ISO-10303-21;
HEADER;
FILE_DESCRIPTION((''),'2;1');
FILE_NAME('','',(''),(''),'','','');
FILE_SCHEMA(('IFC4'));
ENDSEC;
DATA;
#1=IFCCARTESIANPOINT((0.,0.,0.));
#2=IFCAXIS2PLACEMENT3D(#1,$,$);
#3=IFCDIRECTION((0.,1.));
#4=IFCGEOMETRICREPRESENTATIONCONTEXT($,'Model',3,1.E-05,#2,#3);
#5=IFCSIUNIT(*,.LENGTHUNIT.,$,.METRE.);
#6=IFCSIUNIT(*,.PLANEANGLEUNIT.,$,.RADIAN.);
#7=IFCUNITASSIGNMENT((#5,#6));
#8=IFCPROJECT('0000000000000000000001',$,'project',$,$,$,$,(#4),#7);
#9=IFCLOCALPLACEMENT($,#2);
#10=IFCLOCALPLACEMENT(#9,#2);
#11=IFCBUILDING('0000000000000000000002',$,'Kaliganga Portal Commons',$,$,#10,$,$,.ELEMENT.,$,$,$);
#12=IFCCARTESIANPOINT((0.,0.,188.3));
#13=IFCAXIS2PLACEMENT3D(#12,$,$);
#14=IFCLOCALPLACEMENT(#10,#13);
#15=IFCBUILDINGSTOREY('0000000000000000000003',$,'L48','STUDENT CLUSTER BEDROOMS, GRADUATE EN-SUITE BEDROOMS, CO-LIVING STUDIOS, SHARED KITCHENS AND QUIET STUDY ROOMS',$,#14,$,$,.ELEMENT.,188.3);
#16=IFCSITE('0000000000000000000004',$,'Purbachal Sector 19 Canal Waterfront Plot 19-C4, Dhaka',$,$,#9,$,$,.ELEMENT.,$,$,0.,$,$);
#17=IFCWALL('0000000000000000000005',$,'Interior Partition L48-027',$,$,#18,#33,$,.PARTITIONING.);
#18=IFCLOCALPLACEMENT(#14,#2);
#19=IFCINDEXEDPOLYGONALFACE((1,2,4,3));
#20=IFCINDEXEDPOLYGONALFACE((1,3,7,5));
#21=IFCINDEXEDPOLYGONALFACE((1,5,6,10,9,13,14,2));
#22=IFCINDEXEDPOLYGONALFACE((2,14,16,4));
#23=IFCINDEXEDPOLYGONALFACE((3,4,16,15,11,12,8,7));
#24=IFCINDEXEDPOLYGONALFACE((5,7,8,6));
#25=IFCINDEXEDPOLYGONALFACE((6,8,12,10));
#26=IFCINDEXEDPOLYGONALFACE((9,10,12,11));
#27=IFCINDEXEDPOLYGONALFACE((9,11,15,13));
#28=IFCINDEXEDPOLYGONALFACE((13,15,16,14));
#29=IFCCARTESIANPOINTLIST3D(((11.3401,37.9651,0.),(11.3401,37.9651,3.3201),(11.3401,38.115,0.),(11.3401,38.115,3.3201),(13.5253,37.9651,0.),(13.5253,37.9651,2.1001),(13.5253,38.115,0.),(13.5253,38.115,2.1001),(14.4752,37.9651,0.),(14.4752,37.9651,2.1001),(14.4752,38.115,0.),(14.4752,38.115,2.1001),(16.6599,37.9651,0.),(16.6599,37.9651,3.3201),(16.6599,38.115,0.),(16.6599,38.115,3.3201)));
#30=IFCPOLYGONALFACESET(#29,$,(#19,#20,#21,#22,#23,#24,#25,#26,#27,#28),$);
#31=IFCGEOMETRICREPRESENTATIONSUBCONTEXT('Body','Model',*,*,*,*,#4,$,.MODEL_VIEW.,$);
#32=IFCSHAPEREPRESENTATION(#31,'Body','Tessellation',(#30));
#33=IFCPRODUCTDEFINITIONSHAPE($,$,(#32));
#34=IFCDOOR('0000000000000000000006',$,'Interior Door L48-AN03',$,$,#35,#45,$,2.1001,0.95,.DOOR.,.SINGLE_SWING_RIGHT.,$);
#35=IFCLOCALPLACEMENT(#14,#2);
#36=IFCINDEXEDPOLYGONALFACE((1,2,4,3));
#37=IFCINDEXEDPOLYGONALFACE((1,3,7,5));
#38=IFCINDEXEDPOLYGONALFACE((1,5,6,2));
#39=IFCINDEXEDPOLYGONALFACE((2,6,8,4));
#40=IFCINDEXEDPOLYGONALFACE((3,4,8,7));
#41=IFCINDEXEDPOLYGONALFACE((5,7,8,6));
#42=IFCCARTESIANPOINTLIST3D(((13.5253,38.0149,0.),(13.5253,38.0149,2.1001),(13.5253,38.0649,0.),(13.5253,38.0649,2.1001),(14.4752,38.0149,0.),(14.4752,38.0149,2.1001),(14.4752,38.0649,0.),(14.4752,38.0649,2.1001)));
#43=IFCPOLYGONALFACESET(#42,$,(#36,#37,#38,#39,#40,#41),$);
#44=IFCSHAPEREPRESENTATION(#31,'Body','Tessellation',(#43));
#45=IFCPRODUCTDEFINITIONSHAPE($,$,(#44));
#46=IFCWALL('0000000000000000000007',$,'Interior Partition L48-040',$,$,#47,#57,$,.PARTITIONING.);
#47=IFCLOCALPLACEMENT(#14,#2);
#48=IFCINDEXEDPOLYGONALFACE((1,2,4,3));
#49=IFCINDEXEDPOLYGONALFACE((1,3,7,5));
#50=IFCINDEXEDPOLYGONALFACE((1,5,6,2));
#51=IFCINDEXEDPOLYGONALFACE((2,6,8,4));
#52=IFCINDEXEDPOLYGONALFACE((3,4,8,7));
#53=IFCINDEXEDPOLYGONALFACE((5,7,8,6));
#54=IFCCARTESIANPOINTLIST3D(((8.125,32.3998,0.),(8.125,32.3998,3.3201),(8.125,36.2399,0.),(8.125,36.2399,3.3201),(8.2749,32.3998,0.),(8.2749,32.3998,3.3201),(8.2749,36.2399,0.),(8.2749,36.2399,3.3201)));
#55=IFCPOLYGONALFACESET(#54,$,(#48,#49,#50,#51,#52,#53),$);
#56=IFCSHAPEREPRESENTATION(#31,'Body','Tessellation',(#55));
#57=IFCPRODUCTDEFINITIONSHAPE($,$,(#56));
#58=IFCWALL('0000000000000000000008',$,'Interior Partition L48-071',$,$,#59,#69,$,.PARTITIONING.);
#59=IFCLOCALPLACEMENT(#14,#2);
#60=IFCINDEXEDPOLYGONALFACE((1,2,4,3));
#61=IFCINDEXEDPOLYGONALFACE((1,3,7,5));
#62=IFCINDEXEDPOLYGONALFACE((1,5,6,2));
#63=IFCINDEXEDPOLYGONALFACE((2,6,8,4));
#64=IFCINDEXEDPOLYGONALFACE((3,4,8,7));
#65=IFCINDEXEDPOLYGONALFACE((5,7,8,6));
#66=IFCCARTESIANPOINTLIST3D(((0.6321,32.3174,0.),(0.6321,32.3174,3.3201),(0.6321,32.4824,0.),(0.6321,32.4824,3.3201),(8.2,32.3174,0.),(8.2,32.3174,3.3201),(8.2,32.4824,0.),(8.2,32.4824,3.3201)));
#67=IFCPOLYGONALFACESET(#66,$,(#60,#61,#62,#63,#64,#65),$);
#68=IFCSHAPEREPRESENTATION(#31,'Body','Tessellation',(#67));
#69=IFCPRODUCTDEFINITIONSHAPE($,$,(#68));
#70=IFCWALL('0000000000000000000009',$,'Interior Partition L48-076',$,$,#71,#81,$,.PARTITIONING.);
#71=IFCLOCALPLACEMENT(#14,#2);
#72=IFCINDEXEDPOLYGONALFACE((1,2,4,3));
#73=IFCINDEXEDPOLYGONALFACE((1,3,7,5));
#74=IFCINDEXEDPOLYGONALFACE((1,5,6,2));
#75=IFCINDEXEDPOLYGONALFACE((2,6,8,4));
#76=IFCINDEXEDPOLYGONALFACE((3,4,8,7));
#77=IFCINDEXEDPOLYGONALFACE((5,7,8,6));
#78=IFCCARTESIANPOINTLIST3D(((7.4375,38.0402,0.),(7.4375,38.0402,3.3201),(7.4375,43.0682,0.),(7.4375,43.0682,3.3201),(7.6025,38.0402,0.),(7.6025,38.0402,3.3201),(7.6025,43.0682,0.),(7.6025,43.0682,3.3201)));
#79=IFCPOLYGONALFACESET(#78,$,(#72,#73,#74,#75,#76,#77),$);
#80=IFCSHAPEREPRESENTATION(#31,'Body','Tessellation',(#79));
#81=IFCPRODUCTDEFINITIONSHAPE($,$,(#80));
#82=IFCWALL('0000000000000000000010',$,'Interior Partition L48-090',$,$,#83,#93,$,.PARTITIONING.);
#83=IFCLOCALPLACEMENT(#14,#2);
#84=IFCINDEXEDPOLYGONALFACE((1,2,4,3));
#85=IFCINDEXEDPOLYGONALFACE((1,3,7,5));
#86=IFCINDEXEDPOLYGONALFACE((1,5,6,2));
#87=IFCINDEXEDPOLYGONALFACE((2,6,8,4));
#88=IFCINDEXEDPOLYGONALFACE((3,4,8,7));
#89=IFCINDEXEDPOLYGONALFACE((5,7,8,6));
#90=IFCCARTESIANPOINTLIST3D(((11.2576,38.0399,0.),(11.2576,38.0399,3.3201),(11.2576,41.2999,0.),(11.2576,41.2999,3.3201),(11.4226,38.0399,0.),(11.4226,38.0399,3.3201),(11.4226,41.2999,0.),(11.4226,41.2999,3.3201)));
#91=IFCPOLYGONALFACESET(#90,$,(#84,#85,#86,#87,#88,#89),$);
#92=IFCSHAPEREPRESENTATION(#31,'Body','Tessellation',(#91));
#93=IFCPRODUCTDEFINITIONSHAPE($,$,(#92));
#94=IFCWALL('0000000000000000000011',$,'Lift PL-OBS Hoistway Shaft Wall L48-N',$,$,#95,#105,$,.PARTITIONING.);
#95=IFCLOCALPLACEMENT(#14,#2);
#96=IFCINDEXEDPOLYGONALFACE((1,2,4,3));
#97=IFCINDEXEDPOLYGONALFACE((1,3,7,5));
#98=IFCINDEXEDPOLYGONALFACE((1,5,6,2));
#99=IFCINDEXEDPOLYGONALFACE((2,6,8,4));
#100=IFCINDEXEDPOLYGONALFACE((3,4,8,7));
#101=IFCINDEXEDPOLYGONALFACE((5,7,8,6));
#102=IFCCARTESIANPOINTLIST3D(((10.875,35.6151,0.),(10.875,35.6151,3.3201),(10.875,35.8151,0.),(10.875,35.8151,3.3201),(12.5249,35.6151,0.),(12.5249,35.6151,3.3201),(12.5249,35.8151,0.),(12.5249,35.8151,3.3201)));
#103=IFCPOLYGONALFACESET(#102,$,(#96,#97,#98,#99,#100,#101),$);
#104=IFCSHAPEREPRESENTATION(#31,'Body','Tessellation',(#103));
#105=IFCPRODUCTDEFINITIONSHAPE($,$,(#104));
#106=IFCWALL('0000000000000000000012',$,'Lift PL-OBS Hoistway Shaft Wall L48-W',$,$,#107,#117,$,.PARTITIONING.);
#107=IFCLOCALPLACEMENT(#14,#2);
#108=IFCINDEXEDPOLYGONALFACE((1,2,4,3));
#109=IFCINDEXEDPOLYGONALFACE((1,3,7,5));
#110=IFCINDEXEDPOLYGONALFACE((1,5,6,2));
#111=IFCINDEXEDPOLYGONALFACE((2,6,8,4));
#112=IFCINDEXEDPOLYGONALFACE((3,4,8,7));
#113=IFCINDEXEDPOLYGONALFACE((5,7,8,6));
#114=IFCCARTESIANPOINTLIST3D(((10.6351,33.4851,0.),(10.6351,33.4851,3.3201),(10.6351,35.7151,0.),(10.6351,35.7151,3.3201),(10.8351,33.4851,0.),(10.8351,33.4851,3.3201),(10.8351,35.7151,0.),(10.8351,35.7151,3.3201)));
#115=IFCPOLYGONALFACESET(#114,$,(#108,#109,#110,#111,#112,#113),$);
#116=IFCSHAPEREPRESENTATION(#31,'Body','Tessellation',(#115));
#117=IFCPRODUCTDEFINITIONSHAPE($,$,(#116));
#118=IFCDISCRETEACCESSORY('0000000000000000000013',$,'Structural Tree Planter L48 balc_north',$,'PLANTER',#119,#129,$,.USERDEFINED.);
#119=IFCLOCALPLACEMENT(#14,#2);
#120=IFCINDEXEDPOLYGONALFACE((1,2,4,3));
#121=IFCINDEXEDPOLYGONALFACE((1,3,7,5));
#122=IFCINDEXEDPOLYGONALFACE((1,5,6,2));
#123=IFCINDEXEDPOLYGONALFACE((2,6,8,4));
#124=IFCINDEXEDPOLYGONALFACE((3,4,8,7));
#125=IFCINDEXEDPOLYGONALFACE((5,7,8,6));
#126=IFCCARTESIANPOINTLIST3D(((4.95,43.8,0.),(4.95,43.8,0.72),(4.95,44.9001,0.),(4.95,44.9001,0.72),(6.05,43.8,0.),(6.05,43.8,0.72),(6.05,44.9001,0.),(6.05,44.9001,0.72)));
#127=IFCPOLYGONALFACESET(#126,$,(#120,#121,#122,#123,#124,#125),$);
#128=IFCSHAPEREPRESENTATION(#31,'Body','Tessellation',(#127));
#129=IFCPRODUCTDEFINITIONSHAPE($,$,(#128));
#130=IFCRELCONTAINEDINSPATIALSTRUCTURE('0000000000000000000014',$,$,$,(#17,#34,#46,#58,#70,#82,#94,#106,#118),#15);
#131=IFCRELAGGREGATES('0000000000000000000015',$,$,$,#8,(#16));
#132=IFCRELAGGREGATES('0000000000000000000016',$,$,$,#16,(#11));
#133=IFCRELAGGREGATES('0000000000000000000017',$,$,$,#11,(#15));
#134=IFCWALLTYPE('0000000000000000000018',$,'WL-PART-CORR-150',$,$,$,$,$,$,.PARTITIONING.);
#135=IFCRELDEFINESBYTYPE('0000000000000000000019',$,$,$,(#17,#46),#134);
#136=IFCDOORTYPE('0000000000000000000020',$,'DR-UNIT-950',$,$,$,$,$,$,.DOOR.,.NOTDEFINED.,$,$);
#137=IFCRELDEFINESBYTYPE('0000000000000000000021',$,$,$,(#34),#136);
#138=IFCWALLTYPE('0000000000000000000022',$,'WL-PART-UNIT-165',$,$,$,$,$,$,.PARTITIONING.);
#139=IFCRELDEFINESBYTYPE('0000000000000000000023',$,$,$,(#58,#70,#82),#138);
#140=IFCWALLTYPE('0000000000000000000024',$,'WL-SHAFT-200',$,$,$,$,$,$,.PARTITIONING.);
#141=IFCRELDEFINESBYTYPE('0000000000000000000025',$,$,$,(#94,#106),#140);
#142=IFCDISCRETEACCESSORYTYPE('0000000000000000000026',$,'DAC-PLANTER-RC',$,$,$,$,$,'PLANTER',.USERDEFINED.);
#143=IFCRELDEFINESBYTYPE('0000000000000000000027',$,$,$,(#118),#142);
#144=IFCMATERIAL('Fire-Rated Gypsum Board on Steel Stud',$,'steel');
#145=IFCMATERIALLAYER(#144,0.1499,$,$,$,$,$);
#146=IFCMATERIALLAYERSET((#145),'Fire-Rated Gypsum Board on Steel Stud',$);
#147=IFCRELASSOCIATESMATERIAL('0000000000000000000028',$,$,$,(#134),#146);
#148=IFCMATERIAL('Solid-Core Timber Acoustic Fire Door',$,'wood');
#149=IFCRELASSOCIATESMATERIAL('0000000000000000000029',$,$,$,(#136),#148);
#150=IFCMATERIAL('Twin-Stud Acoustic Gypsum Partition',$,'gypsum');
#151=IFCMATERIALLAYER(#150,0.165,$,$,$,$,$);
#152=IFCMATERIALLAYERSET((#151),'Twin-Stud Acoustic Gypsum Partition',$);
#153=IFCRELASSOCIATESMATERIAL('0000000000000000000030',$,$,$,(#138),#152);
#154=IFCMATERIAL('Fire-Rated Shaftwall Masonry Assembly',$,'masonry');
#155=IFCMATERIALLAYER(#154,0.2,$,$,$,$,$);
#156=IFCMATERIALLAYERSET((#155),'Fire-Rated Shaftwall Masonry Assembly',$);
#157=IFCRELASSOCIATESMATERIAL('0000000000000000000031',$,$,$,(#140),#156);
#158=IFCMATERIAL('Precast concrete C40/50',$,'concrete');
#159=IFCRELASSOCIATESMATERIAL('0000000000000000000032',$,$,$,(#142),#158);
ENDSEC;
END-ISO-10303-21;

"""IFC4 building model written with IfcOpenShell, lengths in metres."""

from ifc_helpers import new_model, si_unit, direction, frame, frame_2d, origin, origin_2d, place, context, subcontext, project, spatial, rectangle, extrude, source, transform, mapped, material, layer, layer_set, type_object, element, fill, save


model = new_model("IFC4")

# Units and contexts
model_context = context("Model", 3, precision=1e-05, world=origin(), true_north=direction((0.0, 1.0)))
body_context = subcontext(model_context, "Body", "Model", "MODEL_VIEW")
ifc_project = project(units=[si_unit("LENGTHUNIT", "METRE"), si_unit("PLANEANGLEUNIT", "RADIAN")], contexts=[model_context])

# Site, building, storey
site_placement = place(None, origin())
site = spatial("IfcSite", under=ifc_project, at=site_placement, Name="Purbachal Sector 19 Canal Waterfront Plot 19-C4, Dhaka", CompositionType="ELEMENT", RefElevation=0.0)
building_placement = place(site_placement, origin())
building = spatial("IfcBuilding", under=site, at=building_placement, Name="Kaliganga Portal Commons", CompositionType="ELEMENT")
storey_placement = place(building_placement, frame((0.0, 0.0, 188.3)))
storey = spatial("IfcBuildingStorey", under=building, at=storey_placement, Name="L48", Description="STUDENT CLUSTER BEDROOMS, GRADUATE EN-SUITE BEDROOMS, CO-LIVING STUDIOS, SHARED KITCHENS AND QUIET STUDY ROOMS", CompositionType="ELEMENT", Elevation=188.3)

# Shared definitions
ifc_material_1 = material(Name="Fire-Rated Gypsum Board on Steel Stud", Category="steel")
ifc_layer_1 = layer(ifc_material_1, 0.1499)
ifc_layer_set_1 = layer_set([ifc_layer_1], Name="Fire-Rated Gypsum Board on Steel Stud")
wall_type_1 = type_object("IfcWallType", Name="WL-PART-CORR-150", PredefinedType="PARTITIONING", material=ifc_layer_set_1)

# Wall, opening, door
wall_1_placement = place(storey_placement, frame((11.3401, 38.04, 0.0), z_axis=(0.0, 0.0, 1.0), x_axis=(1.0, 0.0, 0.0)))
wall_1 = element("IfcWall", 1, at=wall_1_placement, inside=storey, type_object=wall_type_1, Name="Interior Partition L48-027", PredefinedType="PARTITIONING", context=body_context, shape_type="SweptSolid", body=[
    extrude(rectangle(XDim=5.3198, YDim=0.1499, at=frame_2d((2.6599, 0.0))), origin(), (0.0, 0.0, 1.0), 3.3201),
])
opening_1_placement = place(wall_1_placement, frame((2.1851, 0.0, 0.0)))
opening_1 = element("IfcOpeningElement", 2, at=opening_1_placement, cuts=wall_1, PredefinedType="OPENING", context=body_context, shape_type="SweptSolid", body=[
    extrude(rectangle(XDim=0.95, YDim=2.1001, at=frame_2d((0.4751, 1.05))), frame((0.0, 0.085, 0.0), z_axis=(0.0, -1.0, 0.0), x_axis=(1.0, 0.0, 0.0)), (0.0, 0.0, 1.0), 0.1699),
])
ifc_material_2 = material(Name="Solid-Core Timber Acoustic Fire Door", Category="wood")
door_type_1 = type_object("IfcDoorType", Name="DR-UNIT-950", OperationType="NOTDEFINED", PredefinedType="DOOR", material=ifc_material_2)
door_1_placement = place(opening_1_placement, origin())
door_1 = element("IfcDoor", 3, at=door_1_placement, inside=storey, type_object=door_type_1, Name="Interior Door L48-AN03", OperationType="SINGLE_SWING_RIGHT", OverallHeight=2.1001, OverallWidth=0.95, PredefinedType="DOOR", context=body_context, shape_type="SweptSolid", body=[
    extrude(rectangle(XDim=0.95, YDim=2.1001, at=frame_2d((0.4751, 1.05))), frame((0.0, 0.0249, 0.0), z_axis=(0.0, -1.0, 0.0), x_axis=(1.0, 0.0, 0.0)), (0.0, 0.0, 1.0), 0.05),
])
fill(opening_1, door_1)

# Wall
wall_2_placement = place(storey_placement, frame((8.2, 32.3999, 0.0), z_axis=(0.0, 0.0, 1.0), x_axis=(0.0, 1.0, 0.0)))
element("IfcWall", 4, at=wall_2_placement, inside=storey, type_object=wall_type_1, Name="Interior Partition L48-040", PredefinedType="PARTITIONING", context=body_context, shape_type="SweptSolid", body=[
    extrude(rectangle(XDim=3.8401, YDim=0.1499, at=frame_2d((1.9199, 0.0))), origin(), (0.0, 0.0, 1.0), 3.3201),
])

# Walls
ifc_material_3 = material(Name="Twin-Stud Acoustic Gypsum Partition", Category="gypsum")
ifc_layer_2 = layer(ifc_material_3, 0.165)
ifc_layer_set_2 = layer_set([ifc_layer_2], Name="Twin-Stud Acoustic Gypsum Partition")
wall_type_2 = type_object("IfcWallType", Name="WL-PART-UNIT-165", PredefinedType="PARTITIONING", material=ifc_layer_set_2)
wall_3_placement = place(storey_placement, frame((0.6321, 32.3999, 0.0), z_axis=(0.0, 0.0, 1.0), x_axis=(1.0, 0.0, 0.0)))
element("IfcWall", 5, at=wall_3_placement, inside=storey, type_object=wall_type_2, Name="Interior Partition L48-071", PredefinedType="PARTITIONING", context=body_context, shape_type="SweptSolid", body=[
    extrude(rectangle(XDim=7.5679, YDim=0.165, at=frame_2d((3.7839, 0.0))), origin(), (0.0, 0.0, 1.0), 3.3201),
])
wall_4_placement = place(storey_placement, frame((7.52, 38.04, 0.0), z_axis=(0.0, 0.0, 1.0), x_axis=(0.0, 1.0, 0.0)))
element("IfcWall", 6, at=wall_4_placement, inside=storey, type_object=wall_type_2, Name="Interior Partition L48-076", PredefinedType="PARTITIONING", context=body_context, shape_type="SweptSolid", body=[
    extrude(rectangle(XDim=5.0281, YDim=0.165, at=frame_2d((2.5142, 0.0))), origin(), (0.0, 0.0, 1.0), 3.3201),
])
wall_5_placement = place(storey_placement, frame((11.3401, 38.04, 0.0), z_axis=(0.0, 0.0, 1.0), x_axis=(0.0, 1.0, 0.0)))
element("IfcWall", 7, at=wall_5_placement, inside=storey, type_object=wall_type_2, Name="Interior Partition L48-090", PredefinedType="PARTITIONING", context=body_context, shape_type="SweptSolid", body=[
    extrude(rectangle(XDim=3.26, YDim=0.165, at=frame_2d((1.6299, 0.0))), origin(), (0.0, 0.0, 1.0), 3.3201),
])

# Shared definitions
ifc_material_4 = material(Name="Fire-Rated Shaftwall Masonry Assembly", Category="masonry")
ifc_layer_3 = layer(ifc_material_4, 0.2)
ifc_layer_set_3 = layer_set([ifc_layer_3], Name="Fire-Rated Shaftwall Masonry Assembly")
wall_type_3 = type_object("IfcWallType", Name="WL-SHAFT-200", PredefinedType="PARTITIONING", material=ifc_layer_set_3)

# Walls
wall_6_placement = place(storey_placement, frame((10.875, 35.7151, 0.0), z_axis=(0.0, 0.0, 1.0), x_axis=(1.0, 0.0, 0.0)))
element("IfcWall", 8, at=wall_6_placement, inside=storey, type_object=wall_type_3, Name="Lift PL-OBS Hoistway Shaft Wall L48-N", PredefinedType="PARTITIONING", context=body_context, shape_type="SweptSolid", body=[
    extrude(rectangle(XDim=1.6499, YDim=0.2, at=frame_2d((0.825, 0.0))), origin(), (0.0, 0.0, 1.0), 3.3201),
])
wall_7_placement = place(storey_placement, frame((10.7351, 33.4851, 0.0), z_axis=(0.0, 0.0, 1.0), x_axis=(0.0, 1.0, 0.0)))
element("IfcWall", 9, at=wall_7_placement, inside=storey, type_object=wall_type_3, Name="Lift PL-OBS Hoistway Shaft Wall L48-W", PredefinedType="PARTITIONING", context=body_context, shape_type="SweptSolid", body=[
    extrude(rectangle(XDim=2.23, YDim=0.2, at=frame_2d((1.115, 0.0))), origin(), (0.0, 0.0, 1.0), 3.3201),
])

# Discrete accessory
ifc_material_5 = material(Name="Precast concrete C40/50", Category="concrete")
discrete_accessory_type = type_object("IfcDiscreteAccessoryType", Name="DAC-PLANTER-RC", ElementType="PLANTER", PredefinedType="USERDEFINED", material=ifc_material_5)
shared_shape_1 = source(origin(), body_context, "Body", "SweptSolid", [
    extrude(rectangle(XDim=1.1001, YDim=1.1001, at=origin_2d()), origin(), (0.0, 0.0, 1.0), 0.72),
])
discrete_accessory_placement = place(storey_placement, frame((5.5, 44.3501, 0.0), z_axis=(0.0, 0.0, 1.0), x_axis=(1.0, 0.0, 0.0)))
element("IfcDiscreteAccessory", 10, at=discrete_accessory_placement, inside=storey, type_object=discrete_accessory_type, Name="Structural Tree Planter L48 balc_north", ObjectType="PLANTER", PredefinedType="USERDEFINED", context=body_context, shape_type="MappedRepresentation", body=[
    mapped(shared_shape_1, transform((0.0, 0.0, 0.0), x_axis=(1.0, 0.0, 0.0), y_axis=(0.0, 1.0, 0.0), z_axis=(0.0, 0.0, 1.0), scale=1.0)),
])

save(model, "model.ifc")
